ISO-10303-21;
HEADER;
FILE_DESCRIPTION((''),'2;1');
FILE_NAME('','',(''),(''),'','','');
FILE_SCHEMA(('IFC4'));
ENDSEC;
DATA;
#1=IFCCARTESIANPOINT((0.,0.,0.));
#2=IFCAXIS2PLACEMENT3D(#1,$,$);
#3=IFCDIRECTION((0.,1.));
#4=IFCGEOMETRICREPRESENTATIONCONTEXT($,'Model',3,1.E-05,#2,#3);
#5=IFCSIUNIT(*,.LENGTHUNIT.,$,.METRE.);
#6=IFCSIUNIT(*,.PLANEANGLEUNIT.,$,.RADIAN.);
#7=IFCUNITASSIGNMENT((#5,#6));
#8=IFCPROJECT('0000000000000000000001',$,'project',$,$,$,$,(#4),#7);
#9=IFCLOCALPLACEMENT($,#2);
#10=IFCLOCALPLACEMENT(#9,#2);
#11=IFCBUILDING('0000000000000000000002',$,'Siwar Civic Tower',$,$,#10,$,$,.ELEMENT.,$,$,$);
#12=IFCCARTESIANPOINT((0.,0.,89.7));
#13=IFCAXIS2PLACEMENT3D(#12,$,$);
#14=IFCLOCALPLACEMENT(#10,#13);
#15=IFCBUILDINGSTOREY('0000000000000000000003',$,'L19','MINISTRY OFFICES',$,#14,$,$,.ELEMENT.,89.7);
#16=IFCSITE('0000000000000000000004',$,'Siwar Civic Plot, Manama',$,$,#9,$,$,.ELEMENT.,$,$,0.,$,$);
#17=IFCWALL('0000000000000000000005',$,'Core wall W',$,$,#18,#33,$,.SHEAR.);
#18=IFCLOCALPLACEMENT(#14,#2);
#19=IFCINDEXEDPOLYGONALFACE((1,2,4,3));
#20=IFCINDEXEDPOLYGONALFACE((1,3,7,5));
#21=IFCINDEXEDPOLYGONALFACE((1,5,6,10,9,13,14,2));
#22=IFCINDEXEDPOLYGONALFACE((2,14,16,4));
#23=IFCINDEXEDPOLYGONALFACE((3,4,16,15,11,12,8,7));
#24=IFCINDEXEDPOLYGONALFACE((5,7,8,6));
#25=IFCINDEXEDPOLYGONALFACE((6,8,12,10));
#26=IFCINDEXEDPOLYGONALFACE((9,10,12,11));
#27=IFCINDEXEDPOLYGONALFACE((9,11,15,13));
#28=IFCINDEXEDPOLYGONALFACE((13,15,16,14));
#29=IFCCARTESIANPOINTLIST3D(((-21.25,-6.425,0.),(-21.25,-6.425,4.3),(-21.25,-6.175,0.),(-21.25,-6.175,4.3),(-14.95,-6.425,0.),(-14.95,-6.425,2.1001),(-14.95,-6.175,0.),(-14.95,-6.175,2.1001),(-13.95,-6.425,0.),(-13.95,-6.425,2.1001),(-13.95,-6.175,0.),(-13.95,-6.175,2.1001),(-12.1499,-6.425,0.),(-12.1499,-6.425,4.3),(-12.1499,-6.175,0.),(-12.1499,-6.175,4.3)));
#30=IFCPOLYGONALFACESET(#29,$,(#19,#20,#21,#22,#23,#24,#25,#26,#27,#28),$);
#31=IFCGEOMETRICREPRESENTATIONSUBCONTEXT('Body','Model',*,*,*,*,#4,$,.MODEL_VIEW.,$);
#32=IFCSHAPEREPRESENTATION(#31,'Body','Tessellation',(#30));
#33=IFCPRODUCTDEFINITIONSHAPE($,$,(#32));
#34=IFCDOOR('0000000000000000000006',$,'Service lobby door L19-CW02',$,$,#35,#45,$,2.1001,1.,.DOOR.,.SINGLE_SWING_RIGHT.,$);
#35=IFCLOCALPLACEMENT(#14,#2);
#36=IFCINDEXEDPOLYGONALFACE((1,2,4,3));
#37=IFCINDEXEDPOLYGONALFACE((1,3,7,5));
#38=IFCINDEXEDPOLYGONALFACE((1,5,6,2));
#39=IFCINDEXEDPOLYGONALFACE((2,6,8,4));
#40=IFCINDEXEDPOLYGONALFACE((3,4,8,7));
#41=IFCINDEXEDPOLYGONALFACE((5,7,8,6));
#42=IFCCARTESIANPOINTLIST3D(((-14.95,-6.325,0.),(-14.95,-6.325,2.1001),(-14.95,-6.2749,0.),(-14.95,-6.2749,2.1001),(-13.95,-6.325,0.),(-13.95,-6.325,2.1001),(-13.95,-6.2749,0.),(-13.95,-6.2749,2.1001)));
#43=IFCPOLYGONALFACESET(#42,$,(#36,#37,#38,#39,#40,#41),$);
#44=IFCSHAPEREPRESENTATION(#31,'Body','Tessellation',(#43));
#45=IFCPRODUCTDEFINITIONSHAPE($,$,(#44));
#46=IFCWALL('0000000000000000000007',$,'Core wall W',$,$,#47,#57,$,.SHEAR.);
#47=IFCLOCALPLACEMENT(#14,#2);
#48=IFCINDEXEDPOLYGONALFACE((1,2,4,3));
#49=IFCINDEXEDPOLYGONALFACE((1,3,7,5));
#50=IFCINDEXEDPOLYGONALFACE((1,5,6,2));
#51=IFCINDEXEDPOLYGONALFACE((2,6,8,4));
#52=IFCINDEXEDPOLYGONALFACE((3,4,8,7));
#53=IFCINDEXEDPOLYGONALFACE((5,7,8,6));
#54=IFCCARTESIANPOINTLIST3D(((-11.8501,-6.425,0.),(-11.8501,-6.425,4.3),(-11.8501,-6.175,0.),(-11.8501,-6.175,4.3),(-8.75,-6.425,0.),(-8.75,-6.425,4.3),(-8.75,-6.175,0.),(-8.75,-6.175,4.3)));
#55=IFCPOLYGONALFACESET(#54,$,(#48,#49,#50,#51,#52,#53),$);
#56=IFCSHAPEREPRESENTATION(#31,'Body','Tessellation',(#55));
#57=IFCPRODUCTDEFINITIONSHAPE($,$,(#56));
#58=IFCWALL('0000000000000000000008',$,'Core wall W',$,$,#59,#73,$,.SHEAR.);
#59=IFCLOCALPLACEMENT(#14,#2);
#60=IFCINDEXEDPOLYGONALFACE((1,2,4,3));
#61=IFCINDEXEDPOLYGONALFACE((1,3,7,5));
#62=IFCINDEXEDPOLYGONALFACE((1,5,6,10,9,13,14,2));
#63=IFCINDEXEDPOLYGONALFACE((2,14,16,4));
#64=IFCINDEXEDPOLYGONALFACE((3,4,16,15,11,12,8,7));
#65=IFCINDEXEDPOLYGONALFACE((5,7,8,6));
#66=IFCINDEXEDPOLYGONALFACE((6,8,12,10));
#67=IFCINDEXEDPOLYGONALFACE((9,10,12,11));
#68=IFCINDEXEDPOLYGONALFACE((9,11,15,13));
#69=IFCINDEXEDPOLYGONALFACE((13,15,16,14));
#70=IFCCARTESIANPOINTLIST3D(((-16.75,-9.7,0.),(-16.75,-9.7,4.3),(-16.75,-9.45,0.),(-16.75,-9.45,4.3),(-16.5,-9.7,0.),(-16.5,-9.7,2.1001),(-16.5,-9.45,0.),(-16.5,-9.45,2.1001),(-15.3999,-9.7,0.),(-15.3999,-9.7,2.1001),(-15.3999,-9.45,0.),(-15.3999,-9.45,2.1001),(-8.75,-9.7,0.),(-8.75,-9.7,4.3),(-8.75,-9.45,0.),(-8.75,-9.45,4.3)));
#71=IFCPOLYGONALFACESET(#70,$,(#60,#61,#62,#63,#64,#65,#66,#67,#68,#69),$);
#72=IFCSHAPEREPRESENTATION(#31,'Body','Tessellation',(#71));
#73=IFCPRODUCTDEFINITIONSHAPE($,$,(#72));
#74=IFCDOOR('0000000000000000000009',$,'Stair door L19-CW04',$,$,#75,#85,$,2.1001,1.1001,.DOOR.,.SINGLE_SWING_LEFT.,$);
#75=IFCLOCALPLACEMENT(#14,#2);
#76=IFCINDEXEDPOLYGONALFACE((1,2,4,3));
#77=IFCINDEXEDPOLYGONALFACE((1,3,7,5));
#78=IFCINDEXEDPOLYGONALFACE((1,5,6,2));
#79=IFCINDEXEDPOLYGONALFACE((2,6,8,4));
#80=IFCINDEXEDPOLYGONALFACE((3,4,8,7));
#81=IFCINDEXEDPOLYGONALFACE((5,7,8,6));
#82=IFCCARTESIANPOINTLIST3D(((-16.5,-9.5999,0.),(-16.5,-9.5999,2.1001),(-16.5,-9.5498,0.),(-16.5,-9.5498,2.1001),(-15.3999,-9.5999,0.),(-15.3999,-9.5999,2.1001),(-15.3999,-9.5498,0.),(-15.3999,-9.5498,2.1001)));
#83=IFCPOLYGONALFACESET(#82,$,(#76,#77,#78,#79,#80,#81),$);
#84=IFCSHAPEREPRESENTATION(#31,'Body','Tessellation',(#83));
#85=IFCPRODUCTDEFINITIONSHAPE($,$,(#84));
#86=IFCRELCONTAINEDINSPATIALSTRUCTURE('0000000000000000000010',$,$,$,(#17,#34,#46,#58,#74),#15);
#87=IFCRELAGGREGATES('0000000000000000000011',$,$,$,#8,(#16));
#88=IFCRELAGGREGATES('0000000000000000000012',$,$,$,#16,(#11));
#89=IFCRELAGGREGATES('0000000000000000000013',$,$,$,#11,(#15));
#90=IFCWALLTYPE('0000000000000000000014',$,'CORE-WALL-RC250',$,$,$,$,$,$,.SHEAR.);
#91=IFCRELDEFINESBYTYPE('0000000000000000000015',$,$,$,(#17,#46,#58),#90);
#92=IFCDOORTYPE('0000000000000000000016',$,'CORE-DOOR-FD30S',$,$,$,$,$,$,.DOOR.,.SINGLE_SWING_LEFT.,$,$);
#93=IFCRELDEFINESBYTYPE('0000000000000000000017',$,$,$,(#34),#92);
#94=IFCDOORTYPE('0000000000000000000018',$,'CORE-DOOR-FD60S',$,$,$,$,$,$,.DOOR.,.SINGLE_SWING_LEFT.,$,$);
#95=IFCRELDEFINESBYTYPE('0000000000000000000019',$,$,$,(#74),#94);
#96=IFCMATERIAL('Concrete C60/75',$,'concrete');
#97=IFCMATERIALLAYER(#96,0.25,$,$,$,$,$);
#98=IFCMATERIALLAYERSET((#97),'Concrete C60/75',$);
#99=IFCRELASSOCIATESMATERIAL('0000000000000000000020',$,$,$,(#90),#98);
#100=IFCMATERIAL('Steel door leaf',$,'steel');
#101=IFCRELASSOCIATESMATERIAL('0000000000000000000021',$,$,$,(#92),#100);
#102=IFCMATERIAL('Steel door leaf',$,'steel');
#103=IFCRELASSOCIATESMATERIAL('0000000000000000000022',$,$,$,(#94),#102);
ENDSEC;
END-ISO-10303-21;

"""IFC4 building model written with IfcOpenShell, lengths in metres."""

from ifc_helpers import new_model, si_unit, direction, frame, frame_2d, origin, place, context, subcontext, project, spatial, rectangle, extrude, material, layer, layer_set, type_object, element, fill, save


model = new_model("IFC4")

# Units and contexts
model_context = context("Model", 3, precision=1e-05, world=origin(), true_north=direction((0.0, 1.0)))
body_context = subcontext(model_context, "Body", "Model", "MODEL_VIEW")
ifc_project = project(units=[si_unit("LENGTHUNIT", "METRE"), si_unit("PLANEANGLEUNIT", "RADIAN")], contexts=[model_context])

# Site, building, storey
site_placement = place(None, origin())
site = spatial("IfcSite", under=ifc_project, at=site_placement, Name="Siwar Civic Plot, Manama", CompositionType="ELEMENT", RefElevation=0.0)
building_placement = place(site_placement, origin())
building = spatial("IfcBuilding", under=site, at=building_placement, Name="Siwar Civic Tower", CompositionType="ELEMENT")
storey_placement = place(building_placement, frame((0.0, 0.0, 89.7)))
storey = spatial("IfcBuildingStorey", under=building, at=storey_placement, Name="L19", Description="MINISTRY OFFICES", CompositionType="ELEMENT", Elevation=89.7)

# Wall, opening, door
ifc_material_1 = material(Name="Concrete C60/75", Category="concrete")
ifc_layer_1 = layer(ifc_material_1, 0.25)
ifc_layer_set_1 = layer_set([ifc_layer_1], Name="Concrete C60/75")
wall_type_1 = type_object("IfcWallType", Name="CORE-WALL-RC250", PredefinedType="SHEAR", material=ifc_layer_set_1)
wall_1_placement = place(storey_placement, frame((-12.1499, -6.3, 0.0), z_axis=(0.0, 0.0, 1.0), x_axis=(-1.0, 0.0, 0.0)))
wall_1 = element("IfcWall", 1, at=wall_1_placement, inside=storey, type_object=wall_type_1, Name="Core wall W", PredefinedType="SHEAR", context=body_context, shape_type="SweptSolid", body=[
    extrude(rectangle(XDim=9.1001, YDim=0.25, at=frame_2d((4.55, 0.0))), origin(), (0.0, 0.0, 1.0), 4.3),
])
opening_1_placement = place(wall_1_placement, frame((1.8, 0.0, 0.0)))
opening_1 = element("IfcOpeningElement", 2, at=opening_1_placement, cuts=wall_1, PredefinedType="OPENING", context=body_context, shape_type="SweptSolid", body=[
    extrude(rectangle(XDim=1.0, YDim=2.1001, at=frame_2d((0.5, 1.05))), frame((0.0, 0.135, 0.0), z_axis=(0.0, -1.0, 0.0), x_axis=(1.0, 0.0, 0.0)), (0.0, 0.0, 1.0), 0.27),
])
ifc_material_2 = material(Name="Steel door leaf", Category="steel")
door_type_1 = type_object("IfcDoorType", Name="CORE-DOOR-FD30S", OperationType="SINGLE_SWING_LEFT", PredefinedType="DOOR", material=ifc_material_2)
door_1_placement = place(opening_1_placement, origin())
door_1 = element("IfcDoor", 3, at=door_1_placement, inside=storey, type_object=door_type_1, Name="Service lobby door L19-CW02", OperationType="SINGLE_SWING_RIGHT", OverallHeight=2.1001, OverallWidth=1.0, PredefinedType="DOOR", context=body_context, shape_type="SweptSolid", body=[
    extrude(rectangle(XDim=1.0, YDim=2.1001, at=frame_2d((0.5, 1.05))), frame((0.0, 0.0249, 0.0), z_axis=(0.0, -1.0, 0.0), x_axis=(1.0, 0.0, 0.0)), (0.0, 0.0, 1.0), 0.05),
])
fill(opening_1, door_1)

# Wall
wall_2_placement = place(storey_placement, frame((-8.75, -6.3, 0.0), z_axis=(0.0, 0.0, 1.0), x_axis=(-1.0, 0.0, 0.0)))
element("IfcWall", 4, at=wall_2_placement, inside=storey, type_object=wall_type_1, Name="Core wall W", PredefinedType="SHEAR", context=body_context, shape_type="SweptSolid", body=[
    extrude(rectangle(XDim=3.1001, YDim=0.25, at=frame_2d((1.55, 0.0))), origin(), (0.0, 0.0, 1.0), 4.3),
])

# Wall, opening, door
wall_3_placement = place(storey_placement, frame((-8.75, -9.575, 0.0), z_axis=(0.0, 0.0, 1.0), x_axis=(-1.0, 0.0, 0.0)))
wall_3 = element("IfcWall", 5, at=wall_3_placement, inside=storey, type_object=wall_type_1, Name="Core wall W", PredefinedType="SHEAR", context=body_context, shape_type="SweptSolid", body=[
    extrude(rectangle(XDim=8.0, YDim=0.25, at=frame_2d((4.0, 0.0))), origin(), (0.0, 0.0, 1.0), 4.3),
])
opening_2_placement = place(wall_3_placement, frame((6.6499, 0.0, 0.0)))
opening_2 = element("IfcOpeningElement", 6, at=opening_2_placement, cuts=wall_3, PredefinedType="OPENING", context=body_context, shape_type="SweptSolid", body=[
    extrude(rectangle(XDim=1.1001, YDim=2.1001, at=frame_2d((0.55, 1.05))), frame((0.0, 0.135, 0.0), z_axis=(0.0, -1.0, 0.0), x_axis=(1.0, 0.0, 0.0)), (0.0, 0.0, 1.0), 0.27),
])
ifc_material_3 = material(Name="Steel door leaf", Category="steel")
door_type_2 = type_object("IfcDoorType", Name="CORE-DOOR-FD60S", OperationType="SINGLE_SWING_LEFT", PredefinedType="DOOR", material=ifc_material_3)
door_2_placement = place(opening_2_placement, origin())
door_2 = element("IfcDoor", 7, at=door_2_placement, inside=storey, type_object=door_type_2, Name="Stair door L19-CW04", OperationType="SINGLE_SWING_LEFT", OverallHeight=2.1001, OverallWidth=1.1001, PredefinedType="DOOR", context=body_context, shape_type="SweptSolid", body=[
    extrude(rectangle(XDim=1.1001, YDim=2.1001, at=frame_2d((0.55, 1.05))), frame((0.0, 0.0249, 0.0), z_axis=(0.0, -1.0, 0.0), x_axis=(1.0, 0.0, 0.0)), (0.0, 0.0, 1.0), 0.05),
])
fill(opening_2, door_2)

save(model, "model.ifc")
